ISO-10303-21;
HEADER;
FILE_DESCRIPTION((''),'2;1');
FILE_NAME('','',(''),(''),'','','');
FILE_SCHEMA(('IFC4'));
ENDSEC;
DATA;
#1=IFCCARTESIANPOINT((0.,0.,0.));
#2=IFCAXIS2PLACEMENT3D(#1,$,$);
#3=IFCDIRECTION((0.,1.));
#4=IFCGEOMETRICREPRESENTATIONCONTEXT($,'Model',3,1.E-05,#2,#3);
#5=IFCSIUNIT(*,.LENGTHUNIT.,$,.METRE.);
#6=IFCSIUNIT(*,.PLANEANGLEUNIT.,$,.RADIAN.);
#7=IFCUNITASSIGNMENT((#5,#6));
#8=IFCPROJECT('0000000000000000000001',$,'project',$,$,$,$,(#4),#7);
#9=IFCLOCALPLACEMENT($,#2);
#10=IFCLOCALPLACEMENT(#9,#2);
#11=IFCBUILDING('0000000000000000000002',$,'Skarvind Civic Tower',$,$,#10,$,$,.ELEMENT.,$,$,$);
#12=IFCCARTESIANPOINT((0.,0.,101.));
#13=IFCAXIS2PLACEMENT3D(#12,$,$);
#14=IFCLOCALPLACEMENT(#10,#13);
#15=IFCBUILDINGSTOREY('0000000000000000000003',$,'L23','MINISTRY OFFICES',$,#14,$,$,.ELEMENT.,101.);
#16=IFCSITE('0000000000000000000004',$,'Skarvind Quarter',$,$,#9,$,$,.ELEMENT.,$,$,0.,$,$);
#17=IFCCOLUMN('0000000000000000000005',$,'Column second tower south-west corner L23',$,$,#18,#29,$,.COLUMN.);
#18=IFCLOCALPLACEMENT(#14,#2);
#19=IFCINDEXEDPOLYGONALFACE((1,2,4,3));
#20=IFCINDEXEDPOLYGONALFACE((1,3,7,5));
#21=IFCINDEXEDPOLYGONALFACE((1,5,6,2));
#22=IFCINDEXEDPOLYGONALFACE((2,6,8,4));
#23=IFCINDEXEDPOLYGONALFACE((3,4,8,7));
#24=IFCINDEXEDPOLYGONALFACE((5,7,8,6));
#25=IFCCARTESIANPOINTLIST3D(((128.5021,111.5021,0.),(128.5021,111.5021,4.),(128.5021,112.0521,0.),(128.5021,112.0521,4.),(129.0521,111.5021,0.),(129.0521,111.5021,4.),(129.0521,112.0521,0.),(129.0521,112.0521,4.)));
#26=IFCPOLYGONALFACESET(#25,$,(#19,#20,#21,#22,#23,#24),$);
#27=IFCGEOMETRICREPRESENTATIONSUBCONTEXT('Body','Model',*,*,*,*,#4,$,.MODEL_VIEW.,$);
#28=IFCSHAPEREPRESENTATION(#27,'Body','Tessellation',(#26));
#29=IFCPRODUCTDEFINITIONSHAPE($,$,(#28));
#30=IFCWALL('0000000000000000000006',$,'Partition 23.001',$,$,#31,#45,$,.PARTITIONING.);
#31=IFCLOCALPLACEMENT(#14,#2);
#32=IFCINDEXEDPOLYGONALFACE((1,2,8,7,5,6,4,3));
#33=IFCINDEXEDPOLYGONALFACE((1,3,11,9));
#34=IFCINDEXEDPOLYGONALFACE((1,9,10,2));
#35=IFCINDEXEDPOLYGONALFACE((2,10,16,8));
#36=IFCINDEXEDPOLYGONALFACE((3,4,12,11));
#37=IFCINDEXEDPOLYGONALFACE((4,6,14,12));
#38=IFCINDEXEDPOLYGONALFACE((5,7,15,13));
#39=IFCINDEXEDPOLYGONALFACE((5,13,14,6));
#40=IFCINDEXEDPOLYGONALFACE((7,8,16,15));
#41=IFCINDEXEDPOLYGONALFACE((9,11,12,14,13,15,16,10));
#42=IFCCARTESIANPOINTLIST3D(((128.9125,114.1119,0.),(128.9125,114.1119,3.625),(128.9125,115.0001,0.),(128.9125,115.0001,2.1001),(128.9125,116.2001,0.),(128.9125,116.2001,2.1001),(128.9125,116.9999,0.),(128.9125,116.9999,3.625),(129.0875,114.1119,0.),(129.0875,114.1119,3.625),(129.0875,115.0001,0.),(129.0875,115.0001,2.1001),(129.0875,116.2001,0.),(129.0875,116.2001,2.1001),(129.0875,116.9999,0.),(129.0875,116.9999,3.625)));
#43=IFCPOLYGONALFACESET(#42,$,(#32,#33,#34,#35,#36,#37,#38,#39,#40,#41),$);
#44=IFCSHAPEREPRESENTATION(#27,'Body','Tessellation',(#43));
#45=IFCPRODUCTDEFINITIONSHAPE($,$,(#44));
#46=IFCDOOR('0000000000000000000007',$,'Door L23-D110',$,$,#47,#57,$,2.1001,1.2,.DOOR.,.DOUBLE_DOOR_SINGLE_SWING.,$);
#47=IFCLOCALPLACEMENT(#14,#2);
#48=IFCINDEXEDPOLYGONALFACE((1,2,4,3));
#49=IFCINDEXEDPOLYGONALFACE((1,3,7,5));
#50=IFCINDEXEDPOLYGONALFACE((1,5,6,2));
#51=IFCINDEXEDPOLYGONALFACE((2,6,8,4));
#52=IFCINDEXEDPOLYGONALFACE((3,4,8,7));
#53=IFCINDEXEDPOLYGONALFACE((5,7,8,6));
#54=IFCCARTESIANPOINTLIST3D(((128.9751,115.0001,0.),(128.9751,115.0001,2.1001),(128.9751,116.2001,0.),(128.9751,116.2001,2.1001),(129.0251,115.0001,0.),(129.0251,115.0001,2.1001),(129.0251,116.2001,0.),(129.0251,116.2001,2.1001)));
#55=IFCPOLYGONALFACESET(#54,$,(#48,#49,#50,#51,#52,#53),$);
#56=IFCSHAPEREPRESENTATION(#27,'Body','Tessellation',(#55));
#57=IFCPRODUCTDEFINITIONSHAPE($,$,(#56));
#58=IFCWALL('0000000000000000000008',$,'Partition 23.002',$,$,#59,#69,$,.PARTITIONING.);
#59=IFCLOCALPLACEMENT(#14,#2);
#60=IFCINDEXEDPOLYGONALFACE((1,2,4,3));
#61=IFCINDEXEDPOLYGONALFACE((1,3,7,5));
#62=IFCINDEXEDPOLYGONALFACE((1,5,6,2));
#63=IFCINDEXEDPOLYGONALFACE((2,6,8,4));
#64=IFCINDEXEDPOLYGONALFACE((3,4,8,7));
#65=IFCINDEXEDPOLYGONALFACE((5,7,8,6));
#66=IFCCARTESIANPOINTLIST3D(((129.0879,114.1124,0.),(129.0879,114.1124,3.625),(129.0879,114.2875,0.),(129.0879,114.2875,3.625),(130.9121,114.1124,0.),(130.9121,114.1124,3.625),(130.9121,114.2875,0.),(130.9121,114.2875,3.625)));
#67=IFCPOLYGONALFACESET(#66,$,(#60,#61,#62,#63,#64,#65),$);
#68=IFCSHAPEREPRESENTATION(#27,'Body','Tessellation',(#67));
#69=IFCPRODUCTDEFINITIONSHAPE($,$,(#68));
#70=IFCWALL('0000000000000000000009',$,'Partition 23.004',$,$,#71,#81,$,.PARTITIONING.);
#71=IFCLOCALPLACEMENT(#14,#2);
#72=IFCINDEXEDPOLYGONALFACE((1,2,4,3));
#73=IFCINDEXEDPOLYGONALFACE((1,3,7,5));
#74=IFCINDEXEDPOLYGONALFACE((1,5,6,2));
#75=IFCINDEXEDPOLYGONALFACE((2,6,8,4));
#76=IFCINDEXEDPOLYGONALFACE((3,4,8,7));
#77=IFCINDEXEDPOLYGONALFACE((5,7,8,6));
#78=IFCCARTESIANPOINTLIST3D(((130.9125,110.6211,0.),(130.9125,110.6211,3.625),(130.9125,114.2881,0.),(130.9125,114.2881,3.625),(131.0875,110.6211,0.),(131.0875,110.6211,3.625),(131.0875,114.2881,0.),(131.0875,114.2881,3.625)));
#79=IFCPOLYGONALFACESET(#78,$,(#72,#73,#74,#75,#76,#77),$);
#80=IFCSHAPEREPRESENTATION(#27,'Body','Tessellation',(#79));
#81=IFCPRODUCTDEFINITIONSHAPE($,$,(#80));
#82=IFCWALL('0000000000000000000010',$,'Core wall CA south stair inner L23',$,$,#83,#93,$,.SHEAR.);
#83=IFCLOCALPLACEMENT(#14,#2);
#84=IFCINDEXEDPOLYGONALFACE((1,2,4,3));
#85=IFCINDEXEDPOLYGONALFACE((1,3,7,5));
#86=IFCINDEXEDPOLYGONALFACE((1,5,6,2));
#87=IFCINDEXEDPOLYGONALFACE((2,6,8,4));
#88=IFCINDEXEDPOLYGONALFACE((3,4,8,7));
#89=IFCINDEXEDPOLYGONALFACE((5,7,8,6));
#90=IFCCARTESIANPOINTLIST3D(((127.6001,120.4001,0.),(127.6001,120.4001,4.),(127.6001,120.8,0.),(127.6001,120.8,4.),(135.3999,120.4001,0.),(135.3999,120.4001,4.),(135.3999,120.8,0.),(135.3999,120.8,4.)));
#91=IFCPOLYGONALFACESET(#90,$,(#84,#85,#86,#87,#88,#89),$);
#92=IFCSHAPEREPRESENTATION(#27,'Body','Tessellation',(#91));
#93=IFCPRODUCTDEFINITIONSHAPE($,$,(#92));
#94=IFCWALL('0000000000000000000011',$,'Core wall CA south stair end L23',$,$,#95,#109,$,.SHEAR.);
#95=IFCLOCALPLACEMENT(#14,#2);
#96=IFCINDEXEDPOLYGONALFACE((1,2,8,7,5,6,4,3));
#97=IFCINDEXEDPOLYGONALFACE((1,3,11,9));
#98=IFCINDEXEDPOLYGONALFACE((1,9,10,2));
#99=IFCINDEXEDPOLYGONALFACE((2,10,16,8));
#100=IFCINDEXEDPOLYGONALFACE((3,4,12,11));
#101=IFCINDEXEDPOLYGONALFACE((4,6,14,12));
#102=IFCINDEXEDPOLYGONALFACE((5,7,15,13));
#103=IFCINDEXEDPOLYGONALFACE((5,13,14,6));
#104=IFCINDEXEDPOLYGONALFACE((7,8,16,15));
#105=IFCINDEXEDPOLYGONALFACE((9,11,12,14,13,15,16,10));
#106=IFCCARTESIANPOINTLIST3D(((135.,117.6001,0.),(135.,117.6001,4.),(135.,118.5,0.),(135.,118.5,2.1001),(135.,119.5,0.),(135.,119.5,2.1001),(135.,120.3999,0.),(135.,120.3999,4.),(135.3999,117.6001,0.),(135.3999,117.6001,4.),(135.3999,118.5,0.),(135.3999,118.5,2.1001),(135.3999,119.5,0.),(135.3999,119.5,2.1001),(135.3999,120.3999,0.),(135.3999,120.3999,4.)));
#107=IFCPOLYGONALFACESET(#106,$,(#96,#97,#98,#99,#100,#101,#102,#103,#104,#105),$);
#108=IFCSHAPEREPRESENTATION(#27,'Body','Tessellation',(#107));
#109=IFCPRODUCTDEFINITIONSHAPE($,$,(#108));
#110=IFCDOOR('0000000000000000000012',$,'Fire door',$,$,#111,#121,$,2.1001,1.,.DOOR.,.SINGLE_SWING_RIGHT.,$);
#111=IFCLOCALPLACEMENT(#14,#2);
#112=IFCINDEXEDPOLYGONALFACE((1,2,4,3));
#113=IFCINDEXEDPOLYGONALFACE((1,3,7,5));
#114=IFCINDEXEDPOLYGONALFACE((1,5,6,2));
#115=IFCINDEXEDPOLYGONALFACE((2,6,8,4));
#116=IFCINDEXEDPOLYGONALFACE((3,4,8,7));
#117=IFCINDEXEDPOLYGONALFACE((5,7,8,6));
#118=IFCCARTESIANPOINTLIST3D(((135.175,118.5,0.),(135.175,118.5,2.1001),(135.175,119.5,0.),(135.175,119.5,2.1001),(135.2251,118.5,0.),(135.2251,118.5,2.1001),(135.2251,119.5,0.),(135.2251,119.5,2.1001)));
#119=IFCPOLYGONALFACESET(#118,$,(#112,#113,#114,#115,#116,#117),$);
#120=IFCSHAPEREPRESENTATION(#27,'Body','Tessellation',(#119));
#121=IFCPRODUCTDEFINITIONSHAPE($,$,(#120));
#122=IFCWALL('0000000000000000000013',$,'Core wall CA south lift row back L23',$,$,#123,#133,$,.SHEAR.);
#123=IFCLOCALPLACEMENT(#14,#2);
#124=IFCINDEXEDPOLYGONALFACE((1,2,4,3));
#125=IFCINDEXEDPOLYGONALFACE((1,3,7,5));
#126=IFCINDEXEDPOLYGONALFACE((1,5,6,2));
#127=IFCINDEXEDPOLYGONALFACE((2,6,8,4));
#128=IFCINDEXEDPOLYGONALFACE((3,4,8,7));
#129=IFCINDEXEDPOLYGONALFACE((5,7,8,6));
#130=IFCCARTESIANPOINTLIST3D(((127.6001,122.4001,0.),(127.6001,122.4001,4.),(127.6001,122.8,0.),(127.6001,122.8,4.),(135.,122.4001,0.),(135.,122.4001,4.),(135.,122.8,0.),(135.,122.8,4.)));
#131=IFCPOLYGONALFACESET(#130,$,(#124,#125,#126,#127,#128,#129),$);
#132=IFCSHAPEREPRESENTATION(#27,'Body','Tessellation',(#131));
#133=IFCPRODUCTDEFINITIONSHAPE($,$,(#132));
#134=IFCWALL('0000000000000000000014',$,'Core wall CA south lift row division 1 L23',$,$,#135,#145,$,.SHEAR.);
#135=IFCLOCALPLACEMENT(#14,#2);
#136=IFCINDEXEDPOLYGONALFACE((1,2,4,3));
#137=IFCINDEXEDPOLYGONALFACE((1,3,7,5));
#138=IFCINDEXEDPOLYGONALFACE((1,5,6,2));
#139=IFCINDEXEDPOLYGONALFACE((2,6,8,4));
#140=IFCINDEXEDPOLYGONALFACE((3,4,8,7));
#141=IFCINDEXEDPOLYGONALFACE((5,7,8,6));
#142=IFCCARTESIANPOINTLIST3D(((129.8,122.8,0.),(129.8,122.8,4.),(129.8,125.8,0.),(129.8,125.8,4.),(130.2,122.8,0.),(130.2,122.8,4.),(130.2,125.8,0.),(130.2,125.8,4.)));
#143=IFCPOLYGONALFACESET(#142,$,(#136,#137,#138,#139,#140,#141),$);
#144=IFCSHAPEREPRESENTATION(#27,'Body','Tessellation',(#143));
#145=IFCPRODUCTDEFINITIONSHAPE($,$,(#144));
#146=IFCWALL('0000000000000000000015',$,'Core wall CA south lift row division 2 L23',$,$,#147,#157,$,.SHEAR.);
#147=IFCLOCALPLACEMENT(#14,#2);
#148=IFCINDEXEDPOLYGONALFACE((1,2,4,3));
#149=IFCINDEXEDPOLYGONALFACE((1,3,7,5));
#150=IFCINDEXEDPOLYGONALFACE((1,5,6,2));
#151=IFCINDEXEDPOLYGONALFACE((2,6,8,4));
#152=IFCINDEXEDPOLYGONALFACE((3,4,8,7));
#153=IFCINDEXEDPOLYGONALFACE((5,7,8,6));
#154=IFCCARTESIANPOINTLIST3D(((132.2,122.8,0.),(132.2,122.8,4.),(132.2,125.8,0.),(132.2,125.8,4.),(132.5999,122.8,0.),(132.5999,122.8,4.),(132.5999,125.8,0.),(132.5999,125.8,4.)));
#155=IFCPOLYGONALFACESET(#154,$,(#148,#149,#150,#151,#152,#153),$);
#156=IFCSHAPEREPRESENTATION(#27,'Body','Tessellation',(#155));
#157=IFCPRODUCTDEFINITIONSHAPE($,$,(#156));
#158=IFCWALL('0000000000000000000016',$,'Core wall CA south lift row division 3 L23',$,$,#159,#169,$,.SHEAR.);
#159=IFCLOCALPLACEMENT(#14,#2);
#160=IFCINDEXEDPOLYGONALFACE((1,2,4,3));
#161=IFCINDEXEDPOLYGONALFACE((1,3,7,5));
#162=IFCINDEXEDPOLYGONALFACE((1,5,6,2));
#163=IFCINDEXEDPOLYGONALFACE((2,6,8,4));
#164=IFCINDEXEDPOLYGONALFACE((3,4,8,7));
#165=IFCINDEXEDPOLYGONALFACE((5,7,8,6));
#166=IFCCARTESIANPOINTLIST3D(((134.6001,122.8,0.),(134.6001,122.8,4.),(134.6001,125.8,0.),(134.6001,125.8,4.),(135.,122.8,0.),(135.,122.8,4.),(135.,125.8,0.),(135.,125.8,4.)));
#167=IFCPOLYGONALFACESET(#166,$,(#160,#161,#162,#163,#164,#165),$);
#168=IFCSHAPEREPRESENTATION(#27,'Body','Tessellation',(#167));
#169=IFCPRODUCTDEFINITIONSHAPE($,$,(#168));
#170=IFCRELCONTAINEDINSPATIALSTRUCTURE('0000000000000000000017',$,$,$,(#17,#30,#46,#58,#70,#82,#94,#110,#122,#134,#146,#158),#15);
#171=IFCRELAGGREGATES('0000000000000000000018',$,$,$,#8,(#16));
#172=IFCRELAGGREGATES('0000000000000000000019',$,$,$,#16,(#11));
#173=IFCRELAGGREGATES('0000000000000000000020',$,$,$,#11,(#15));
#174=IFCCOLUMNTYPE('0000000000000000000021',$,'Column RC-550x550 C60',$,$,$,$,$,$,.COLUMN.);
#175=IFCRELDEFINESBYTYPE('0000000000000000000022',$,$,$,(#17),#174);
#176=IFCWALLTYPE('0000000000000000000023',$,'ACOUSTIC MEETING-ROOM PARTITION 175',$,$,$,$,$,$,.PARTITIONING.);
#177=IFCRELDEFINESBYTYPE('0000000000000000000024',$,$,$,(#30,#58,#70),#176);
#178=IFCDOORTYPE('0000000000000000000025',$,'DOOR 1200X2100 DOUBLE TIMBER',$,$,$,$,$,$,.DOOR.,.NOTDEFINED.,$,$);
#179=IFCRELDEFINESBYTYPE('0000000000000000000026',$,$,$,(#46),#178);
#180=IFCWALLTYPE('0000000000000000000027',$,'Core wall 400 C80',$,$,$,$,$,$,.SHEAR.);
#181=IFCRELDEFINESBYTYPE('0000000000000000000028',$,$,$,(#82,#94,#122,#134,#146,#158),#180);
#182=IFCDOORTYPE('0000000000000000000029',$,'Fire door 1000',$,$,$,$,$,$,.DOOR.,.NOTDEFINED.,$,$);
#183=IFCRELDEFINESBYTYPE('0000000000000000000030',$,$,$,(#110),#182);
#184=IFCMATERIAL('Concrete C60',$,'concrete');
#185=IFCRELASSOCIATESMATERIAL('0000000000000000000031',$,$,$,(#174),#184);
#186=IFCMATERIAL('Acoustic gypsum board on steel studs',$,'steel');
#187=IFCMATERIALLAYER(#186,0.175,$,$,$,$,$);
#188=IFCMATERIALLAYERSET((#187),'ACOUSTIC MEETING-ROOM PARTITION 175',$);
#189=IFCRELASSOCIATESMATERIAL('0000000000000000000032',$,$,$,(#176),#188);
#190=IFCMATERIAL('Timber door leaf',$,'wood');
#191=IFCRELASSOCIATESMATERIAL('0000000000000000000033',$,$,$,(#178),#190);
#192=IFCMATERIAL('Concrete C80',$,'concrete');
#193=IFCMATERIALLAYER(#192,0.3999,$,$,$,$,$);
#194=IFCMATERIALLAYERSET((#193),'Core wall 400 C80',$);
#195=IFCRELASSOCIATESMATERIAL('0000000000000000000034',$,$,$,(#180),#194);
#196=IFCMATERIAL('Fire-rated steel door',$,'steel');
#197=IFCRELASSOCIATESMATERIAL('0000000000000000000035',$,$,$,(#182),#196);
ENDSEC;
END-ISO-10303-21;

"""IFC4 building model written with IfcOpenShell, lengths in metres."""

from ifc_helpers import new_model, si_unit, direction, frame, frame_2d, origin, origin_2d, place, context, subcontext, project, spatial, rectangle, extrude, material, layer, layer_set, material_profile, profile_set, type_object, element, fill, save


model = new_model("IFC4")

# Units and contexts
model_context = context("Model", 3, precision=1e-05, world=origin(), true_north=direction((0.0, 1.0)))
body_context = subcontext(model_context, "Body", "Model", "MODEL_VIEW")
ifc_project = project(units=[si_unit("LENGTHUNIT", "METRE"), si_unit("PLANEANGLEUNIT", "RADIAN")], contexts=[model_context])

# Site, building, storey
site_placement = place(None, origin())
site = spatial("IfcSite", under=ifc_project, at=site_placement, Name="Skarvind Quarter", CompositionType="ELEMENT", RefElevation=0.0)
building_placement = place(site_placement, origin())
building = spatial("IfcBuilding", under=site, at=building_placement, Name="Skarvind Civic Tower", CompositionType="ELEMENT")
storey_placement = place(building_placement, frame((0.0, 0.0, 101.0)))
storey = spatial("IfcBuildingStorey", under=building, at=storey_placement, Name="L23", Description="MINISTRY OFFICES", CompositionType="ELEMENT", Elevation=101.0)

# Column
ifc_material_1 = material(Name="Concrete C60", Category="concrete")
ifc_material_profile = material_profile(ifc_material_1, rectangle(XDim=0.55, YDim=0.55, at=origin_2d()), Name="RC-550x550")
ifc_profile_set = profile_set([ifc_material_profile], Name="Concrete C60")
column_type = type_object("IfcColumnType", Name="Column RC-550x550 C60", PredefinedType="COLUMN", material=ifc_profile_set)
column_placement = place(storey_placement, frame((128.7771, 111.7771, 0.0), z_axis=(0.0, 0.0, 1.0), x_axis=(1.0, 0.0, 0.0)))
element("IfcColumn", 1, at=column_placement, inside=storey, type_object=column_type, Name="Column second tower south-west corner L23", PredefinedType="COLUMN", context=body_context, shape_type="SweptSolid", body=[
    extrude(rectangle(XDim=0.55, YDim=0.55, at=origin_2d()), origin(), (0.0, 0.0, 1.0), 4.0),
])

# Wall, opening, door
ifc_material_2 = material(Name="Acoustic gypsum board on steel studs", Category="steel")
ifc_layer_1 = layer(ifc_material_2, 0.175)
ifc_layer_set_1 = layer_set([ifc_layer_1], Name="ACOUSTIC MEETING-ROOM PARTITION 175")
wall_type_1 = type_object("IfcWallType", Name="ACOUSTIC MEETING-ROOM PARTITION 175", PredefinedType="PARTITIONING", material=ifc_layer_set_1)
wall_1_placement = place(storey_placement, frame((129.0, 114.1121, 0.0), z_axis=(0.0, 0.0, 1.0), x_axis=(0.0, 1.0, 0.0)))
wall_1 = element("IfcWall", 2, at=wall_1_placement, inside=storey, type_object=wall_type_1, Name="Partition 23.001", PredefinedType="PARTITIONING", context=body_context, shape_type="SweptSolid", body=[
    extrude(rectangle(XDim=2.8879, YDim=0.175, at=frame_2d((1.4438, 0.0))), origin(), (0.0, 0.0, 1.0), 3.625),
])
opening_1_placement = place(wall_1_placement, frame((0.8879, 0.0, 0.0)))
opening_1 = element("IfcOpeningElement", 3, at=opening_1_placement, cuts=wall_1, PredefinedType="OPENING", context=body_context, shape_type="SweptSolid", body=[
    extrude(rectangle(XDim=1.2, YDim=2.1001, at=frame_2d((0.6001, 1.05))), frame((0.0, 0.0974, 0.0), z_axis=(0.0, -1.0, 0.0), x_axis=(1.0, 0.0, 0.0)), (0.0, 0.0, 1.0), 0.1951),
])
ifc_material_3 = material(Name="Timber door leaf", Category="wood")
door_type_1 = type_object("IfcDoorType", Name="DOOR 1200X2100 DOUBLE TIMBER", OperationType="NOTDEFINED", PredefinedType="DOOR", material=ifc_material_3)
door_1_placement = place(opening_1_placement, origin())
door_1 = element("IfcDoor", 4, at=door_1_placement, inside=storey, type_object=door_type_1, Name="Door L23-D110", OperationType="DOUBLE_DOOR_SINGLE_SWING", OverallHeight=2.1001, OverallWidth=1.2, PredefinedType="DOOR", context=body_context, shape_type="SweptSolid", body=[
    extrude(rectangle(XDim=1.2, YDim=2.1001, at=frame_2d((0.6001, 1.05))), frame((0.0, 0.0249, 0.0), z_axis=(0.0, -1.0, 0.0), x_axis=(1.0, 0.0, 0.0)), (0.0, 0.0, 1.0), 0.05),
])
fill(opening_1, door_1)

# Walls
wall_2_placement = place(storey_placement, frame((130.9121, 114.2, 0.0), z_axis=(0.0, 0.0, 1.0), x_axis=(-1.0, 0.0, 0.0)))
element("IfcWall", 5, at=wall_2_placement, inside=storey, type_object=wall_type_1, Name="Partition 23.002", PredefinedType="PARTITIONING", context=body_context, shape_type="SweptSolid", body=[
    extrude(rectangle(XDim=1.8242, YDim=0.175, at=frame_2d((0.9121, 0.0))), origin(), (0.0, 0.0, 1.0), 3.625),
])
wall_3_placement = place(storey_placement, frame((131.0, 114.2881, 0.0), z_axis=(0.0, 0.0, 1.0), x_axis=(0.0, -1.0, 0.0)))
element("IfcWall", 6, at=wall_3_placement, inside=storey, type_object=wall_type_1, Name="Partition 23.004", PredefinedType="PARTITIONING", context=body_context, shape_type="SweptSolid", body=[
    extrude(rectangle(XDim=3.667, YDim=0.175, at=frame_2d((1.8335, 0.0))), origin(), (0.0, 0.0, 1.0), 3.625),
])
ifc_material_4 = material(Name="Concrete C80", Category="concrete")
ifc_layer_2 = layer(ifc_material_4, 0.3999)
ifc_layer_set_2 = layer_set([ifc_layer_2], Name="Core wall 400 C80")
wall_type_2 = type_object("IfcWallType", Name="Core wall 400 C80", PredefinedType="SHEAR", material=ifc_layer_set_2)
wall_4_placement = place(storey_placement, frame((127.6001, 120.6001, 0.0), z_axis=(0.0, 0.0, 1.0), x_axis=(1.0, 0.0, 0.0)))
element("IfcWall", 7, at=wall_4_placement, inside=storey, type_object=wall_type_2, Name="Core wall CA south stair inner L23", PredefinedType="SHEAR", context=body_context, shape_type="SweptSolid", body=[
    extrude(rectangle(XDim=7.7998, YDim=0.3999, at=frame_2d((3.8999, 0.0))), origin(), (0.0, 0.0, 1.0), 4.0),
])

# Wall, opening, door
wall_5_placement = place(storey_placement, frame((135.2, 117.6001, 0.0), z_axis=(0.0, 0.0, 1.0), x_axis=(0.0, 1.0, 0.0)))
wall_5 = element("IfcWall", 8, at=wall_5_placement, inside=storey, type_object=wall_type_2, Name="Core wall CA south stair end L23", PredefinedType="SHEAR", context=body_context, shape_type="SweptSolid", body=[
    extrude(rectangle(XDim=2.7998, YDim=0.3999, at=frame_2d((1.3999, 0.0))), origin(), (0.0, 0.0, 1.0), 4.0),
])
opening_2_placement = place(wall_5_placement, frame((0.8999, 0.0, 0.0)))
opening_2 = element("IfcOpeningElement", 9, at=opening_2_placement, cuts=wall_5, PredefinedType="OPENING", context=body_context, shape_type="SweptSolid", body=[
    extrude(rectangle(XDim=1.0, YDim=2.1001, at=frame_2d((0.5, 1.05))), frame((0.0, 0.21, 0.0), z_axis=(0.0, -1.0, 0.0), x_axis=(1.0, 0.0, 0.0)), (0.0, 0.0, 1.0), 0.4199),
])
ifc_material_5 = material(Name="Fire-rated steel door", Category="steel")
door_type_2 = type_object("IfcDoorType", Name="Fire door 1000", OperationType="NOTDEFINED", PredefinedType="DOOR", material=ifc_material_5)
door_2_placement = place(opening_2_placement, origin())
door_2 = element("IfcDoor", 10, at=door_2_placement, inside=storey, type_object=door_type_2, Name="Fire door", OperationType="SINGLE_SWING_RIGHT", OverallHeight=2.1001, OverallWidth=1.0, PredefinedType="DOOR", context=body_context, shape_type="SweptSolid", body=[
    extrude(rectangle(XDim=1.0, YDim=2.1001, at=frame_2d((0.5, 1.05))), frame((0.0, 0.0249, 0.0), z_axis=(0.0, -1.0, 0.0), x_axis=(1.0, 0.0, 0.0)), (0.0, 0.0, 1.0), 0.05),
])
fill(opening_2, door_2)

# Walls
wall_6_placement = place(storey_placement, frame((127.6001, 122.6001, 0.0), z_axis=(0.0, 0.0, 1.0), x_axis=(1.0, 0.0, 0.0)))
element("IfcWall", 11, at=wall_6_placement, inside=storey, type_object=wall_type_2, Name="Core wall CA south lift row back L23", PredefinedType="SHEAR", context=body_context, shape_type="SweptSolid", body=[
    extrude(rectangle(XDim=7.3999, YDim=0.3999, at=frame_2d((3.7, 0.0))), origin(), (0.0, 0.0, 1.0), 4.0),
])
for number, where, z_axis, x_axis, name in (
    (12, (130.0, 122.8, 0.0), (0.0, 0.0, 1.0), (0.0, 1.0, 0.0), "Core wall CA south lift row division 1 L23"),
    (13, (132.3999, 122.8, 0.0), (0.0, 0.0, 1.0), (0.0, 1.0, 0.0), "Core wall CA south lift row division 2 L23"),
    (14, (134.8, 122.8, 0.0), (0.0, 0.0, 1.0), (0.0, 1.0, 0.0), "Core wall CA south lift row division 3 L23"),
):
    element("IfcWall", number, at=place(storey_placement, frame(where, z_axis=z_axis, x_axis=x_axis)), inside=storey, type_object=wall_type_2, Name=name, PredefinedType="SHEAR", context=body_context, shape_type="SweptSolid", body=[
        extrude(rectangle(XDim=3.0, YDim=0.3999, at=frame_2d((1.5, 0.0))), origin(), (0.0, 0.0, 1.0), 4.0),
    ])

save(model, "model.ifc")
